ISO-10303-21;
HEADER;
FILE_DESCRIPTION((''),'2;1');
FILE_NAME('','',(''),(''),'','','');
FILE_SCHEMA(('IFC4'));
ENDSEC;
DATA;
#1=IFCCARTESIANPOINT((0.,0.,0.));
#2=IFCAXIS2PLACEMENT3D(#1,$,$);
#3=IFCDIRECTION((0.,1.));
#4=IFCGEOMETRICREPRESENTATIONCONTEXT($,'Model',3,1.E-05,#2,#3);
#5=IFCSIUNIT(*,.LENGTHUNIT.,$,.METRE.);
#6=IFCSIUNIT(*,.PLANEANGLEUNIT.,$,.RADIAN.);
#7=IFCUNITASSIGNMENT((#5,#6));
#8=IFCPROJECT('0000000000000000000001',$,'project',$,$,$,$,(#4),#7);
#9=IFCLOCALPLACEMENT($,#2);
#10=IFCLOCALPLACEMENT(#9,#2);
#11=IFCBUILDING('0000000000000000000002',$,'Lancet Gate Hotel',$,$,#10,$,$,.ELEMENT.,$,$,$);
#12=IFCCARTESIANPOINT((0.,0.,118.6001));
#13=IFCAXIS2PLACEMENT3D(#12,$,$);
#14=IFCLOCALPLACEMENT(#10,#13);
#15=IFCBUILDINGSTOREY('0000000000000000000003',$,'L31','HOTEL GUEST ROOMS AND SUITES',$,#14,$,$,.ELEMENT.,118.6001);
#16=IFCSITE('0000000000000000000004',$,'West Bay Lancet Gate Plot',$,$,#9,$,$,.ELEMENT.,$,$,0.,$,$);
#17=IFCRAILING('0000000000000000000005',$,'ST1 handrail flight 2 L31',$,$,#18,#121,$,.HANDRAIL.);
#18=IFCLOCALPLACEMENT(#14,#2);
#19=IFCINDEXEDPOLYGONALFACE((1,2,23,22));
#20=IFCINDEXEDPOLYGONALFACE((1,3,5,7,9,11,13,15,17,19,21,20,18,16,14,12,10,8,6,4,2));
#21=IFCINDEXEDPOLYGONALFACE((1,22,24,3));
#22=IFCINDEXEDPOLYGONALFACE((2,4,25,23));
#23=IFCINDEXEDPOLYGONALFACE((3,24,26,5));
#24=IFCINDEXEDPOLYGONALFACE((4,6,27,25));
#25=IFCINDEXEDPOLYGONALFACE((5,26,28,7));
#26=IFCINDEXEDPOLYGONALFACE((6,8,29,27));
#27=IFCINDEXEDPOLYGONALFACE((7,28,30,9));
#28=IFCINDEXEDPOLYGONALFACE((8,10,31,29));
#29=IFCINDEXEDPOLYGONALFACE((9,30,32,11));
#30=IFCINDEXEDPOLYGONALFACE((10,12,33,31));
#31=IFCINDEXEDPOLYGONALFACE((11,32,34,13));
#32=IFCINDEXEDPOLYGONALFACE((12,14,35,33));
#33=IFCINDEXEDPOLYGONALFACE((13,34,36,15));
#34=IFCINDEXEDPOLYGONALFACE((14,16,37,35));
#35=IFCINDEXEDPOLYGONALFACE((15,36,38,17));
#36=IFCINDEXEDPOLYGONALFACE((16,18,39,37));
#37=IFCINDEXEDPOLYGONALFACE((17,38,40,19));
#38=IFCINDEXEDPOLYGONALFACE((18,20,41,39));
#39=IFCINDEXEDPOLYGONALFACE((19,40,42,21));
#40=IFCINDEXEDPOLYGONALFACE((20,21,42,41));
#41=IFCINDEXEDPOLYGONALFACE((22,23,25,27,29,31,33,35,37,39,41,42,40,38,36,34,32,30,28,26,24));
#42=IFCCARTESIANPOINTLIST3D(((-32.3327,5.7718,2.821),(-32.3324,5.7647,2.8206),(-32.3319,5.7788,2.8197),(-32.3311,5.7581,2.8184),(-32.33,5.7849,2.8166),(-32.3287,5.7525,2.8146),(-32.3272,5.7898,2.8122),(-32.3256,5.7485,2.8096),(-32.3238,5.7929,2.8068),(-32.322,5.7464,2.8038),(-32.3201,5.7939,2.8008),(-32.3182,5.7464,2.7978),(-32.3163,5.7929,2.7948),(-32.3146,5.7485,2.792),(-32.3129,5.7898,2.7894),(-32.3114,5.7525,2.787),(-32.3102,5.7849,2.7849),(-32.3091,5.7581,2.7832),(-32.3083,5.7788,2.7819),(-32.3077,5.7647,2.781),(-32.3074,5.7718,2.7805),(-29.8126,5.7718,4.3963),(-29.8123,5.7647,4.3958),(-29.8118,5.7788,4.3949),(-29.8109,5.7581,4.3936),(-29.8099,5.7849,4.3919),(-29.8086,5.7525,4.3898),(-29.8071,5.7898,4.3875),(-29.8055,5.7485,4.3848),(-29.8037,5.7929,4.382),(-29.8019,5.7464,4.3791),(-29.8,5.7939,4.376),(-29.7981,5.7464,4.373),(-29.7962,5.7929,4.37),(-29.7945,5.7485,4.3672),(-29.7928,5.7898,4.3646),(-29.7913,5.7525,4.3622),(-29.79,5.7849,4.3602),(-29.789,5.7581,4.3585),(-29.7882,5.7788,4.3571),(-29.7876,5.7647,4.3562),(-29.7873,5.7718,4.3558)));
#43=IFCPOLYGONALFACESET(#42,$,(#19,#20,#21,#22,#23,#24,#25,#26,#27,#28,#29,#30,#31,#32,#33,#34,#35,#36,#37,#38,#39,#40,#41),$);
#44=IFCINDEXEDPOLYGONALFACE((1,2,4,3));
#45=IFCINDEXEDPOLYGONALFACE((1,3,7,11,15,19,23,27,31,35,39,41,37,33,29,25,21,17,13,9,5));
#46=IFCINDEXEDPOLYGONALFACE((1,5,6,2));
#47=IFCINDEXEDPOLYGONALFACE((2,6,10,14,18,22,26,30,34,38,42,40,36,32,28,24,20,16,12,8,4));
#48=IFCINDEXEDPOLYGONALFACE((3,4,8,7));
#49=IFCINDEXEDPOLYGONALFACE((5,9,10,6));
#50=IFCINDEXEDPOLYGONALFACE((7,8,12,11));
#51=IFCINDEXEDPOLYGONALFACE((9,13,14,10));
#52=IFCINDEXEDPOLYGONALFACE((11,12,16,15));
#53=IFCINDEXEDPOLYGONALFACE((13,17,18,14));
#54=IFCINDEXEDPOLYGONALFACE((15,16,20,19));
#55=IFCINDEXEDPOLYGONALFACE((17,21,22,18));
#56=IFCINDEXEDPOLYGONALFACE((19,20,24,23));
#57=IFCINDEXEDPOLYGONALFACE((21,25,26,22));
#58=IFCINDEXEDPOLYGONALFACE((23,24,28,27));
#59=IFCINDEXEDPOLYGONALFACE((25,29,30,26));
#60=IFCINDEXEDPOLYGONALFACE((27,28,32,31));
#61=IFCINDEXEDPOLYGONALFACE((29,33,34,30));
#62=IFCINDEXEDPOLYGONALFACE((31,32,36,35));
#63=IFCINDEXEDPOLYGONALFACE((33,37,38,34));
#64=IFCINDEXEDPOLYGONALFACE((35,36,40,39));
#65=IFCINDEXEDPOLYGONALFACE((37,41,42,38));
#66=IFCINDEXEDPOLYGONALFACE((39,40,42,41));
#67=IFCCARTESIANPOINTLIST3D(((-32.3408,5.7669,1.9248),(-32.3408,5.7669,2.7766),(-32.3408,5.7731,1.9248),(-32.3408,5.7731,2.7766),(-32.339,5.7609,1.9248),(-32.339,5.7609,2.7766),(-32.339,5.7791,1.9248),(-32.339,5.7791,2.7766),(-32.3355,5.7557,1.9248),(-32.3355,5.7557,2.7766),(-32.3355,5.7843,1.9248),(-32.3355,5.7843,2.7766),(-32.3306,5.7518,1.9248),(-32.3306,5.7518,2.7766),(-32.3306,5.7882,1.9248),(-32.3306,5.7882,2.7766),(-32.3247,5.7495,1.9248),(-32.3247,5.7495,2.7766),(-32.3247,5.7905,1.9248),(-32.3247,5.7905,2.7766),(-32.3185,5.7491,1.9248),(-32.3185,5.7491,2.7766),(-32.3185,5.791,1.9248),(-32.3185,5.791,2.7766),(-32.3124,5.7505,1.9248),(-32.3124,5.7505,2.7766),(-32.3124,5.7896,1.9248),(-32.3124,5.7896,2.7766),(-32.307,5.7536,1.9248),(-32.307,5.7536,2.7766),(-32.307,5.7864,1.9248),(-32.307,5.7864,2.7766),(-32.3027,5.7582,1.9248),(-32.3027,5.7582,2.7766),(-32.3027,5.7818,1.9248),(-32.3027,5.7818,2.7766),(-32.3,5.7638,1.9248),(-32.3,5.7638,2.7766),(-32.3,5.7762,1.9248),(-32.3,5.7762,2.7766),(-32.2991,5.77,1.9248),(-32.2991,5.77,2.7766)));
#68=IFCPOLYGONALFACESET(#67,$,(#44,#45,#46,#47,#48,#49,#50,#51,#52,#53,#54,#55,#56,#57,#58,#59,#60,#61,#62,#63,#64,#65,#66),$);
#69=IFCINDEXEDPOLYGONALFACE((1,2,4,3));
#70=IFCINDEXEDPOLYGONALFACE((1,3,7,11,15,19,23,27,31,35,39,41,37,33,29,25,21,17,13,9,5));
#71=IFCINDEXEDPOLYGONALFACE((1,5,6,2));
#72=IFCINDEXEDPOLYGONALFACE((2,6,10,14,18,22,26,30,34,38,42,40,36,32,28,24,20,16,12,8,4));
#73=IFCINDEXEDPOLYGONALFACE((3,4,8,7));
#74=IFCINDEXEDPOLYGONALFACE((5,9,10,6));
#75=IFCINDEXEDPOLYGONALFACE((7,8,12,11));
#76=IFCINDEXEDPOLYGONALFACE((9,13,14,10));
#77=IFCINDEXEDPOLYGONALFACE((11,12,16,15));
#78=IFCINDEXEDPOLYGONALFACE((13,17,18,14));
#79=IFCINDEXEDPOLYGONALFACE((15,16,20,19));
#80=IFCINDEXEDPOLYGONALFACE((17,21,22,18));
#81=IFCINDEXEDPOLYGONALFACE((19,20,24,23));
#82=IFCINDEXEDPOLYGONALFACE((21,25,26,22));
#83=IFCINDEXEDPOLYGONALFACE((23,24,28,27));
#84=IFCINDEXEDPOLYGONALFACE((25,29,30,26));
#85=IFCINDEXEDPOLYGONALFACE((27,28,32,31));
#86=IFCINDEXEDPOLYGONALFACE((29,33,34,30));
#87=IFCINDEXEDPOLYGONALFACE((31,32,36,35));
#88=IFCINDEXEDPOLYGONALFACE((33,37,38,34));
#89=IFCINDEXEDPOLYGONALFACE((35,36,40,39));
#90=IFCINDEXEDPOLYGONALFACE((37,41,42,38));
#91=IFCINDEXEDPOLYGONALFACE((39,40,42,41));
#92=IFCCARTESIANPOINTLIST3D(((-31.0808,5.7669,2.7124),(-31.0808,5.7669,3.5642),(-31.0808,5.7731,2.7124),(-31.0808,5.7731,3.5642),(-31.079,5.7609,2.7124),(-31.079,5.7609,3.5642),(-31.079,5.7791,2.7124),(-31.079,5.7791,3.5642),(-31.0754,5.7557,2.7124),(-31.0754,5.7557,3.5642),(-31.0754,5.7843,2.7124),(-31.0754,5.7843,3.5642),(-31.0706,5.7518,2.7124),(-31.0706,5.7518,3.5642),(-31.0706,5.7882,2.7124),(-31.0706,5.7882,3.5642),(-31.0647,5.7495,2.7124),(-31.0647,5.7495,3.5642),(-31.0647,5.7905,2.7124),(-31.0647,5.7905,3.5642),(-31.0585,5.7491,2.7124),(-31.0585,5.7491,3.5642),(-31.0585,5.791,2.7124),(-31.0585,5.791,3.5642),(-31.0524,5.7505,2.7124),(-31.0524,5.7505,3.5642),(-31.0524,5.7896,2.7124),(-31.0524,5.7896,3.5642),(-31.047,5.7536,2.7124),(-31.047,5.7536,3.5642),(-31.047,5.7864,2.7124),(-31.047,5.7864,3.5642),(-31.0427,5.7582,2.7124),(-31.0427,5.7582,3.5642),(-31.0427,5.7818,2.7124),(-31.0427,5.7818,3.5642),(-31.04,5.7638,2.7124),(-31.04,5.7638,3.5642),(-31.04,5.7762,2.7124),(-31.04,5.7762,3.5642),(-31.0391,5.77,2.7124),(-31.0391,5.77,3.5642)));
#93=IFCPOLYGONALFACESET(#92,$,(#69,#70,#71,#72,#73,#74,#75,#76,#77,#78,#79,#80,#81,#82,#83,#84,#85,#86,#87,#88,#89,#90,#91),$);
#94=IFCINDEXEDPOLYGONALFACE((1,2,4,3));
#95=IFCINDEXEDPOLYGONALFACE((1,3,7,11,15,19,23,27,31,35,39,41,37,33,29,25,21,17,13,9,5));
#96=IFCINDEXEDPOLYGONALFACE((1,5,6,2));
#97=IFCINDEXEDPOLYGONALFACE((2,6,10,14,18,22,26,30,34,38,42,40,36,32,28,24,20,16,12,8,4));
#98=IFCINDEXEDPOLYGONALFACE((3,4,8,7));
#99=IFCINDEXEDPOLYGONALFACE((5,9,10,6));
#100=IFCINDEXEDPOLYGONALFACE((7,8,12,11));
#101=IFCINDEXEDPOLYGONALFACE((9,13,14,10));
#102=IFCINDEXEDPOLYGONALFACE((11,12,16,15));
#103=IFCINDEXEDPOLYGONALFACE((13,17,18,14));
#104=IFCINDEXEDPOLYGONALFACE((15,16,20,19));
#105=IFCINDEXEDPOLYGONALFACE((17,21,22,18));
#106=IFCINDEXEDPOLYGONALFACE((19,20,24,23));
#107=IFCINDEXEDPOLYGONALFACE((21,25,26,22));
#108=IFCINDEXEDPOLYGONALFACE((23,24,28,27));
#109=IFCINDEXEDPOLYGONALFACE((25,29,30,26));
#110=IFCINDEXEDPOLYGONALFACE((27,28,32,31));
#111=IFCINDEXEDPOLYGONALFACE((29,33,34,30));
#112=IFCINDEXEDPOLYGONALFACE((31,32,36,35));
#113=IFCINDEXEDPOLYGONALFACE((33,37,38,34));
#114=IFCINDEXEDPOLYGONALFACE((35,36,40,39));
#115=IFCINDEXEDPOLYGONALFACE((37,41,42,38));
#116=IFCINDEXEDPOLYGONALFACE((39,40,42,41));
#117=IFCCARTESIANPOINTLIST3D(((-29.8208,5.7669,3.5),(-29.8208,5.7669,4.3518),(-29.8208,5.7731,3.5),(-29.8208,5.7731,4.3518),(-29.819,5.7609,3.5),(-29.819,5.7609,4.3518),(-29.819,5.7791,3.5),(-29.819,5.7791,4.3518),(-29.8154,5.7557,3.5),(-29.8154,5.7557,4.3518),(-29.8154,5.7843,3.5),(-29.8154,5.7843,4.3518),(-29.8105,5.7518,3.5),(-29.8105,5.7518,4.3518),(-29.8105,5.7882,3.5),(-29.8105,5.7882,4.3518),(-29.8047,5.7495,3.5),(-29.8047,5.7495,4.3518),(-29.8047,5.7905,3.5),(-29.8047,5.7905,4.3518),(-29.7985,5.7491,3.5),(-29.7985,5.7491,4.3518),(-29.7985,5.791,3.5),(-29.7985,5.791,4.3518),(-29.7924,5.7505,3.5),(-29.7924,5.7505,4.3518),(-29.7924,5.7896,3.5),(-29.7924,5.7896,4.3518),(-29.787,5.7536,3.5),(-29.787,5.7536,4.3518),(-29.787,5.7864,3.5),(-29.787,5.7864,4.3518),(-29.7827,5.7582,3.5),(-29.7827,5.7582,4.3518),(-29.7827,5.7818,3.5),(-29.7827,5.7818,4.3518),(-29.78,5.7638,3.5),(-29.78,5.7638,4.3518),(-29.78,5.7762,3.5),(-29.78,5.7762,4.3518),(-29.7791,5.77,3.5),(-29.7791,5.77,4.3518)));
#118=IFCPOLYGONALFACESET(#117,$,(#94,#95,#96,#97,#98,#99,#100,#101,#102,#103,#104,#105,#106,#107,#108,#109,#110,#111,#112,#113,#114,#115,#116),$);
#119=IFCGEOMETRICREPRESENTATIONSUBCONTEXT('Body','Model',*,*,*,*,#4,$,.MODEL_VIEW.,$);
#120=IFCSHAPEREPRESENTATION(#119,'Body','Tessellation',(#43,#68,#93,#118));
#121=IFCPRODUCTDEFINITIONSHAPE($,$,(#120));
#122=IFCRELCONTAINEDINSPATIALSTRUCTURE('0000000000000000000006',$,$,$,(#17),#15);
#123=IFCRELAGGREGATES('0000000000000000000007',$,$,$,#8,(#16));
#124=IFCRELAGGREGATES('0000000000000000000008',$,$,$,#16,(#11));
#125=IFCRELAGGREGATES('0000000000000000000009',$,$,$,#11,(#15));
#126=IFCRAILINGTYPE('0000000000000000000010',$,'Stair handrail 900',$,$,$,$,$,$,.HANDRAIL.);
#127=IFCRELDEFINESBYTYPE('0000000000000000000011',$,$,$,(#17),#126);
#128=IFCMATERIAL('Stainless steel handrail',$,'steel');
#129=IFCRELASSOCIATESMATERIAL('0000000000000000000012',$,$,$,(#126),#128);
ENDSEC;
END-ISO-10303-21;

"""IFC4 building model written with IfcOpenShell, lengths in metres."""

from ifc_helpers import new_model, si_unit, direction, frame, origin, origin_2d, place, context, subcontext, project, spatial, circle, extrude, material, type_object, element, save


model = new_model("IFC4")

# Units and contexts
model_context = context("Model", 3, precision=1e-05, world=origin(), true_north=direction((0.0, 1.0)))
body_context = subcontext(model_context, "Body", "Model", "MODEL_VIEW")
ifc_project = project(units=[si_unit("LENGTHUNIT", "METRE"), si_unit("PLANEANGLEUNIT", "RADIAN")], contexts=[model_context])

# Site, building, storey
site_placement = place(None, origin())
site = spatial("IfcSite", under=ifc_project, at=site_placement, Name="West Bay Lancet Gate Plot", CompositionType="ELEMENT", RefElevation=0.0)
building_placement = place(site_placement, origin())
building = spatial("IfcBuilding", under=site, at=building_placement, Name="Lancet Gate Hotel", CompositionType="ELEMENT")
storey_placement = place(building_placement, frame((0.0, 0.0, 118.6001)))
storey = spatial("IfcBuildingStorey", under=building, at=storey_placement, Name="L31", Description="HOTEL GUEST ROOMS AND SUITES", CompositionType="ELEMENT", Elevation=118.6001)

# Railing
ifc_material_1 = material(Name="Stainless steel handrail", Category="steel")
railing_type = type_object("IfcRailingType", Name="Stair handrail 900", PredefinedType="HANDRAIL", material=ifc_material_1)
railing_1_placement = place(storey_placement, frame((-32.3201, 5.77, 1.9248)))
element("IfcRailing", 1, at=railing_1_placement, inside=storey, type_object=railing_type, Name="ST1 handrail flight 2 L31", PredefinedType="HANDRAIL", context=body_context, shape_type="SweptSolid", body=[
    extrude(circle(Radius=0.0239, at=origin_2d()), frame((0.0, 0.0, 0.876), z_axis=(0.847971, 0.0, 0.530043), x_axis=(0.0, 1.0, 0.0)), (0.0, 0.0, 1.0), 2.9719),
    extrude(circle(Radius=0.021, at=origin_2d()), origin(), (0.0, 0.0, 1.0), 0.8518),
    extrude(circle(Radius=0.021, at=origin_2d()), frame((1.26, 0.0, 0.7876)), (0.0, 0.0, 1.0), 0.8518),
    extrude(circle(Radius=0.021, at=origin_2d()), frame((2.52, 0.0, 1.5752)), (0.0, 0.0, 1.0), 0.8518),
])

save(model, "model.ifc")
